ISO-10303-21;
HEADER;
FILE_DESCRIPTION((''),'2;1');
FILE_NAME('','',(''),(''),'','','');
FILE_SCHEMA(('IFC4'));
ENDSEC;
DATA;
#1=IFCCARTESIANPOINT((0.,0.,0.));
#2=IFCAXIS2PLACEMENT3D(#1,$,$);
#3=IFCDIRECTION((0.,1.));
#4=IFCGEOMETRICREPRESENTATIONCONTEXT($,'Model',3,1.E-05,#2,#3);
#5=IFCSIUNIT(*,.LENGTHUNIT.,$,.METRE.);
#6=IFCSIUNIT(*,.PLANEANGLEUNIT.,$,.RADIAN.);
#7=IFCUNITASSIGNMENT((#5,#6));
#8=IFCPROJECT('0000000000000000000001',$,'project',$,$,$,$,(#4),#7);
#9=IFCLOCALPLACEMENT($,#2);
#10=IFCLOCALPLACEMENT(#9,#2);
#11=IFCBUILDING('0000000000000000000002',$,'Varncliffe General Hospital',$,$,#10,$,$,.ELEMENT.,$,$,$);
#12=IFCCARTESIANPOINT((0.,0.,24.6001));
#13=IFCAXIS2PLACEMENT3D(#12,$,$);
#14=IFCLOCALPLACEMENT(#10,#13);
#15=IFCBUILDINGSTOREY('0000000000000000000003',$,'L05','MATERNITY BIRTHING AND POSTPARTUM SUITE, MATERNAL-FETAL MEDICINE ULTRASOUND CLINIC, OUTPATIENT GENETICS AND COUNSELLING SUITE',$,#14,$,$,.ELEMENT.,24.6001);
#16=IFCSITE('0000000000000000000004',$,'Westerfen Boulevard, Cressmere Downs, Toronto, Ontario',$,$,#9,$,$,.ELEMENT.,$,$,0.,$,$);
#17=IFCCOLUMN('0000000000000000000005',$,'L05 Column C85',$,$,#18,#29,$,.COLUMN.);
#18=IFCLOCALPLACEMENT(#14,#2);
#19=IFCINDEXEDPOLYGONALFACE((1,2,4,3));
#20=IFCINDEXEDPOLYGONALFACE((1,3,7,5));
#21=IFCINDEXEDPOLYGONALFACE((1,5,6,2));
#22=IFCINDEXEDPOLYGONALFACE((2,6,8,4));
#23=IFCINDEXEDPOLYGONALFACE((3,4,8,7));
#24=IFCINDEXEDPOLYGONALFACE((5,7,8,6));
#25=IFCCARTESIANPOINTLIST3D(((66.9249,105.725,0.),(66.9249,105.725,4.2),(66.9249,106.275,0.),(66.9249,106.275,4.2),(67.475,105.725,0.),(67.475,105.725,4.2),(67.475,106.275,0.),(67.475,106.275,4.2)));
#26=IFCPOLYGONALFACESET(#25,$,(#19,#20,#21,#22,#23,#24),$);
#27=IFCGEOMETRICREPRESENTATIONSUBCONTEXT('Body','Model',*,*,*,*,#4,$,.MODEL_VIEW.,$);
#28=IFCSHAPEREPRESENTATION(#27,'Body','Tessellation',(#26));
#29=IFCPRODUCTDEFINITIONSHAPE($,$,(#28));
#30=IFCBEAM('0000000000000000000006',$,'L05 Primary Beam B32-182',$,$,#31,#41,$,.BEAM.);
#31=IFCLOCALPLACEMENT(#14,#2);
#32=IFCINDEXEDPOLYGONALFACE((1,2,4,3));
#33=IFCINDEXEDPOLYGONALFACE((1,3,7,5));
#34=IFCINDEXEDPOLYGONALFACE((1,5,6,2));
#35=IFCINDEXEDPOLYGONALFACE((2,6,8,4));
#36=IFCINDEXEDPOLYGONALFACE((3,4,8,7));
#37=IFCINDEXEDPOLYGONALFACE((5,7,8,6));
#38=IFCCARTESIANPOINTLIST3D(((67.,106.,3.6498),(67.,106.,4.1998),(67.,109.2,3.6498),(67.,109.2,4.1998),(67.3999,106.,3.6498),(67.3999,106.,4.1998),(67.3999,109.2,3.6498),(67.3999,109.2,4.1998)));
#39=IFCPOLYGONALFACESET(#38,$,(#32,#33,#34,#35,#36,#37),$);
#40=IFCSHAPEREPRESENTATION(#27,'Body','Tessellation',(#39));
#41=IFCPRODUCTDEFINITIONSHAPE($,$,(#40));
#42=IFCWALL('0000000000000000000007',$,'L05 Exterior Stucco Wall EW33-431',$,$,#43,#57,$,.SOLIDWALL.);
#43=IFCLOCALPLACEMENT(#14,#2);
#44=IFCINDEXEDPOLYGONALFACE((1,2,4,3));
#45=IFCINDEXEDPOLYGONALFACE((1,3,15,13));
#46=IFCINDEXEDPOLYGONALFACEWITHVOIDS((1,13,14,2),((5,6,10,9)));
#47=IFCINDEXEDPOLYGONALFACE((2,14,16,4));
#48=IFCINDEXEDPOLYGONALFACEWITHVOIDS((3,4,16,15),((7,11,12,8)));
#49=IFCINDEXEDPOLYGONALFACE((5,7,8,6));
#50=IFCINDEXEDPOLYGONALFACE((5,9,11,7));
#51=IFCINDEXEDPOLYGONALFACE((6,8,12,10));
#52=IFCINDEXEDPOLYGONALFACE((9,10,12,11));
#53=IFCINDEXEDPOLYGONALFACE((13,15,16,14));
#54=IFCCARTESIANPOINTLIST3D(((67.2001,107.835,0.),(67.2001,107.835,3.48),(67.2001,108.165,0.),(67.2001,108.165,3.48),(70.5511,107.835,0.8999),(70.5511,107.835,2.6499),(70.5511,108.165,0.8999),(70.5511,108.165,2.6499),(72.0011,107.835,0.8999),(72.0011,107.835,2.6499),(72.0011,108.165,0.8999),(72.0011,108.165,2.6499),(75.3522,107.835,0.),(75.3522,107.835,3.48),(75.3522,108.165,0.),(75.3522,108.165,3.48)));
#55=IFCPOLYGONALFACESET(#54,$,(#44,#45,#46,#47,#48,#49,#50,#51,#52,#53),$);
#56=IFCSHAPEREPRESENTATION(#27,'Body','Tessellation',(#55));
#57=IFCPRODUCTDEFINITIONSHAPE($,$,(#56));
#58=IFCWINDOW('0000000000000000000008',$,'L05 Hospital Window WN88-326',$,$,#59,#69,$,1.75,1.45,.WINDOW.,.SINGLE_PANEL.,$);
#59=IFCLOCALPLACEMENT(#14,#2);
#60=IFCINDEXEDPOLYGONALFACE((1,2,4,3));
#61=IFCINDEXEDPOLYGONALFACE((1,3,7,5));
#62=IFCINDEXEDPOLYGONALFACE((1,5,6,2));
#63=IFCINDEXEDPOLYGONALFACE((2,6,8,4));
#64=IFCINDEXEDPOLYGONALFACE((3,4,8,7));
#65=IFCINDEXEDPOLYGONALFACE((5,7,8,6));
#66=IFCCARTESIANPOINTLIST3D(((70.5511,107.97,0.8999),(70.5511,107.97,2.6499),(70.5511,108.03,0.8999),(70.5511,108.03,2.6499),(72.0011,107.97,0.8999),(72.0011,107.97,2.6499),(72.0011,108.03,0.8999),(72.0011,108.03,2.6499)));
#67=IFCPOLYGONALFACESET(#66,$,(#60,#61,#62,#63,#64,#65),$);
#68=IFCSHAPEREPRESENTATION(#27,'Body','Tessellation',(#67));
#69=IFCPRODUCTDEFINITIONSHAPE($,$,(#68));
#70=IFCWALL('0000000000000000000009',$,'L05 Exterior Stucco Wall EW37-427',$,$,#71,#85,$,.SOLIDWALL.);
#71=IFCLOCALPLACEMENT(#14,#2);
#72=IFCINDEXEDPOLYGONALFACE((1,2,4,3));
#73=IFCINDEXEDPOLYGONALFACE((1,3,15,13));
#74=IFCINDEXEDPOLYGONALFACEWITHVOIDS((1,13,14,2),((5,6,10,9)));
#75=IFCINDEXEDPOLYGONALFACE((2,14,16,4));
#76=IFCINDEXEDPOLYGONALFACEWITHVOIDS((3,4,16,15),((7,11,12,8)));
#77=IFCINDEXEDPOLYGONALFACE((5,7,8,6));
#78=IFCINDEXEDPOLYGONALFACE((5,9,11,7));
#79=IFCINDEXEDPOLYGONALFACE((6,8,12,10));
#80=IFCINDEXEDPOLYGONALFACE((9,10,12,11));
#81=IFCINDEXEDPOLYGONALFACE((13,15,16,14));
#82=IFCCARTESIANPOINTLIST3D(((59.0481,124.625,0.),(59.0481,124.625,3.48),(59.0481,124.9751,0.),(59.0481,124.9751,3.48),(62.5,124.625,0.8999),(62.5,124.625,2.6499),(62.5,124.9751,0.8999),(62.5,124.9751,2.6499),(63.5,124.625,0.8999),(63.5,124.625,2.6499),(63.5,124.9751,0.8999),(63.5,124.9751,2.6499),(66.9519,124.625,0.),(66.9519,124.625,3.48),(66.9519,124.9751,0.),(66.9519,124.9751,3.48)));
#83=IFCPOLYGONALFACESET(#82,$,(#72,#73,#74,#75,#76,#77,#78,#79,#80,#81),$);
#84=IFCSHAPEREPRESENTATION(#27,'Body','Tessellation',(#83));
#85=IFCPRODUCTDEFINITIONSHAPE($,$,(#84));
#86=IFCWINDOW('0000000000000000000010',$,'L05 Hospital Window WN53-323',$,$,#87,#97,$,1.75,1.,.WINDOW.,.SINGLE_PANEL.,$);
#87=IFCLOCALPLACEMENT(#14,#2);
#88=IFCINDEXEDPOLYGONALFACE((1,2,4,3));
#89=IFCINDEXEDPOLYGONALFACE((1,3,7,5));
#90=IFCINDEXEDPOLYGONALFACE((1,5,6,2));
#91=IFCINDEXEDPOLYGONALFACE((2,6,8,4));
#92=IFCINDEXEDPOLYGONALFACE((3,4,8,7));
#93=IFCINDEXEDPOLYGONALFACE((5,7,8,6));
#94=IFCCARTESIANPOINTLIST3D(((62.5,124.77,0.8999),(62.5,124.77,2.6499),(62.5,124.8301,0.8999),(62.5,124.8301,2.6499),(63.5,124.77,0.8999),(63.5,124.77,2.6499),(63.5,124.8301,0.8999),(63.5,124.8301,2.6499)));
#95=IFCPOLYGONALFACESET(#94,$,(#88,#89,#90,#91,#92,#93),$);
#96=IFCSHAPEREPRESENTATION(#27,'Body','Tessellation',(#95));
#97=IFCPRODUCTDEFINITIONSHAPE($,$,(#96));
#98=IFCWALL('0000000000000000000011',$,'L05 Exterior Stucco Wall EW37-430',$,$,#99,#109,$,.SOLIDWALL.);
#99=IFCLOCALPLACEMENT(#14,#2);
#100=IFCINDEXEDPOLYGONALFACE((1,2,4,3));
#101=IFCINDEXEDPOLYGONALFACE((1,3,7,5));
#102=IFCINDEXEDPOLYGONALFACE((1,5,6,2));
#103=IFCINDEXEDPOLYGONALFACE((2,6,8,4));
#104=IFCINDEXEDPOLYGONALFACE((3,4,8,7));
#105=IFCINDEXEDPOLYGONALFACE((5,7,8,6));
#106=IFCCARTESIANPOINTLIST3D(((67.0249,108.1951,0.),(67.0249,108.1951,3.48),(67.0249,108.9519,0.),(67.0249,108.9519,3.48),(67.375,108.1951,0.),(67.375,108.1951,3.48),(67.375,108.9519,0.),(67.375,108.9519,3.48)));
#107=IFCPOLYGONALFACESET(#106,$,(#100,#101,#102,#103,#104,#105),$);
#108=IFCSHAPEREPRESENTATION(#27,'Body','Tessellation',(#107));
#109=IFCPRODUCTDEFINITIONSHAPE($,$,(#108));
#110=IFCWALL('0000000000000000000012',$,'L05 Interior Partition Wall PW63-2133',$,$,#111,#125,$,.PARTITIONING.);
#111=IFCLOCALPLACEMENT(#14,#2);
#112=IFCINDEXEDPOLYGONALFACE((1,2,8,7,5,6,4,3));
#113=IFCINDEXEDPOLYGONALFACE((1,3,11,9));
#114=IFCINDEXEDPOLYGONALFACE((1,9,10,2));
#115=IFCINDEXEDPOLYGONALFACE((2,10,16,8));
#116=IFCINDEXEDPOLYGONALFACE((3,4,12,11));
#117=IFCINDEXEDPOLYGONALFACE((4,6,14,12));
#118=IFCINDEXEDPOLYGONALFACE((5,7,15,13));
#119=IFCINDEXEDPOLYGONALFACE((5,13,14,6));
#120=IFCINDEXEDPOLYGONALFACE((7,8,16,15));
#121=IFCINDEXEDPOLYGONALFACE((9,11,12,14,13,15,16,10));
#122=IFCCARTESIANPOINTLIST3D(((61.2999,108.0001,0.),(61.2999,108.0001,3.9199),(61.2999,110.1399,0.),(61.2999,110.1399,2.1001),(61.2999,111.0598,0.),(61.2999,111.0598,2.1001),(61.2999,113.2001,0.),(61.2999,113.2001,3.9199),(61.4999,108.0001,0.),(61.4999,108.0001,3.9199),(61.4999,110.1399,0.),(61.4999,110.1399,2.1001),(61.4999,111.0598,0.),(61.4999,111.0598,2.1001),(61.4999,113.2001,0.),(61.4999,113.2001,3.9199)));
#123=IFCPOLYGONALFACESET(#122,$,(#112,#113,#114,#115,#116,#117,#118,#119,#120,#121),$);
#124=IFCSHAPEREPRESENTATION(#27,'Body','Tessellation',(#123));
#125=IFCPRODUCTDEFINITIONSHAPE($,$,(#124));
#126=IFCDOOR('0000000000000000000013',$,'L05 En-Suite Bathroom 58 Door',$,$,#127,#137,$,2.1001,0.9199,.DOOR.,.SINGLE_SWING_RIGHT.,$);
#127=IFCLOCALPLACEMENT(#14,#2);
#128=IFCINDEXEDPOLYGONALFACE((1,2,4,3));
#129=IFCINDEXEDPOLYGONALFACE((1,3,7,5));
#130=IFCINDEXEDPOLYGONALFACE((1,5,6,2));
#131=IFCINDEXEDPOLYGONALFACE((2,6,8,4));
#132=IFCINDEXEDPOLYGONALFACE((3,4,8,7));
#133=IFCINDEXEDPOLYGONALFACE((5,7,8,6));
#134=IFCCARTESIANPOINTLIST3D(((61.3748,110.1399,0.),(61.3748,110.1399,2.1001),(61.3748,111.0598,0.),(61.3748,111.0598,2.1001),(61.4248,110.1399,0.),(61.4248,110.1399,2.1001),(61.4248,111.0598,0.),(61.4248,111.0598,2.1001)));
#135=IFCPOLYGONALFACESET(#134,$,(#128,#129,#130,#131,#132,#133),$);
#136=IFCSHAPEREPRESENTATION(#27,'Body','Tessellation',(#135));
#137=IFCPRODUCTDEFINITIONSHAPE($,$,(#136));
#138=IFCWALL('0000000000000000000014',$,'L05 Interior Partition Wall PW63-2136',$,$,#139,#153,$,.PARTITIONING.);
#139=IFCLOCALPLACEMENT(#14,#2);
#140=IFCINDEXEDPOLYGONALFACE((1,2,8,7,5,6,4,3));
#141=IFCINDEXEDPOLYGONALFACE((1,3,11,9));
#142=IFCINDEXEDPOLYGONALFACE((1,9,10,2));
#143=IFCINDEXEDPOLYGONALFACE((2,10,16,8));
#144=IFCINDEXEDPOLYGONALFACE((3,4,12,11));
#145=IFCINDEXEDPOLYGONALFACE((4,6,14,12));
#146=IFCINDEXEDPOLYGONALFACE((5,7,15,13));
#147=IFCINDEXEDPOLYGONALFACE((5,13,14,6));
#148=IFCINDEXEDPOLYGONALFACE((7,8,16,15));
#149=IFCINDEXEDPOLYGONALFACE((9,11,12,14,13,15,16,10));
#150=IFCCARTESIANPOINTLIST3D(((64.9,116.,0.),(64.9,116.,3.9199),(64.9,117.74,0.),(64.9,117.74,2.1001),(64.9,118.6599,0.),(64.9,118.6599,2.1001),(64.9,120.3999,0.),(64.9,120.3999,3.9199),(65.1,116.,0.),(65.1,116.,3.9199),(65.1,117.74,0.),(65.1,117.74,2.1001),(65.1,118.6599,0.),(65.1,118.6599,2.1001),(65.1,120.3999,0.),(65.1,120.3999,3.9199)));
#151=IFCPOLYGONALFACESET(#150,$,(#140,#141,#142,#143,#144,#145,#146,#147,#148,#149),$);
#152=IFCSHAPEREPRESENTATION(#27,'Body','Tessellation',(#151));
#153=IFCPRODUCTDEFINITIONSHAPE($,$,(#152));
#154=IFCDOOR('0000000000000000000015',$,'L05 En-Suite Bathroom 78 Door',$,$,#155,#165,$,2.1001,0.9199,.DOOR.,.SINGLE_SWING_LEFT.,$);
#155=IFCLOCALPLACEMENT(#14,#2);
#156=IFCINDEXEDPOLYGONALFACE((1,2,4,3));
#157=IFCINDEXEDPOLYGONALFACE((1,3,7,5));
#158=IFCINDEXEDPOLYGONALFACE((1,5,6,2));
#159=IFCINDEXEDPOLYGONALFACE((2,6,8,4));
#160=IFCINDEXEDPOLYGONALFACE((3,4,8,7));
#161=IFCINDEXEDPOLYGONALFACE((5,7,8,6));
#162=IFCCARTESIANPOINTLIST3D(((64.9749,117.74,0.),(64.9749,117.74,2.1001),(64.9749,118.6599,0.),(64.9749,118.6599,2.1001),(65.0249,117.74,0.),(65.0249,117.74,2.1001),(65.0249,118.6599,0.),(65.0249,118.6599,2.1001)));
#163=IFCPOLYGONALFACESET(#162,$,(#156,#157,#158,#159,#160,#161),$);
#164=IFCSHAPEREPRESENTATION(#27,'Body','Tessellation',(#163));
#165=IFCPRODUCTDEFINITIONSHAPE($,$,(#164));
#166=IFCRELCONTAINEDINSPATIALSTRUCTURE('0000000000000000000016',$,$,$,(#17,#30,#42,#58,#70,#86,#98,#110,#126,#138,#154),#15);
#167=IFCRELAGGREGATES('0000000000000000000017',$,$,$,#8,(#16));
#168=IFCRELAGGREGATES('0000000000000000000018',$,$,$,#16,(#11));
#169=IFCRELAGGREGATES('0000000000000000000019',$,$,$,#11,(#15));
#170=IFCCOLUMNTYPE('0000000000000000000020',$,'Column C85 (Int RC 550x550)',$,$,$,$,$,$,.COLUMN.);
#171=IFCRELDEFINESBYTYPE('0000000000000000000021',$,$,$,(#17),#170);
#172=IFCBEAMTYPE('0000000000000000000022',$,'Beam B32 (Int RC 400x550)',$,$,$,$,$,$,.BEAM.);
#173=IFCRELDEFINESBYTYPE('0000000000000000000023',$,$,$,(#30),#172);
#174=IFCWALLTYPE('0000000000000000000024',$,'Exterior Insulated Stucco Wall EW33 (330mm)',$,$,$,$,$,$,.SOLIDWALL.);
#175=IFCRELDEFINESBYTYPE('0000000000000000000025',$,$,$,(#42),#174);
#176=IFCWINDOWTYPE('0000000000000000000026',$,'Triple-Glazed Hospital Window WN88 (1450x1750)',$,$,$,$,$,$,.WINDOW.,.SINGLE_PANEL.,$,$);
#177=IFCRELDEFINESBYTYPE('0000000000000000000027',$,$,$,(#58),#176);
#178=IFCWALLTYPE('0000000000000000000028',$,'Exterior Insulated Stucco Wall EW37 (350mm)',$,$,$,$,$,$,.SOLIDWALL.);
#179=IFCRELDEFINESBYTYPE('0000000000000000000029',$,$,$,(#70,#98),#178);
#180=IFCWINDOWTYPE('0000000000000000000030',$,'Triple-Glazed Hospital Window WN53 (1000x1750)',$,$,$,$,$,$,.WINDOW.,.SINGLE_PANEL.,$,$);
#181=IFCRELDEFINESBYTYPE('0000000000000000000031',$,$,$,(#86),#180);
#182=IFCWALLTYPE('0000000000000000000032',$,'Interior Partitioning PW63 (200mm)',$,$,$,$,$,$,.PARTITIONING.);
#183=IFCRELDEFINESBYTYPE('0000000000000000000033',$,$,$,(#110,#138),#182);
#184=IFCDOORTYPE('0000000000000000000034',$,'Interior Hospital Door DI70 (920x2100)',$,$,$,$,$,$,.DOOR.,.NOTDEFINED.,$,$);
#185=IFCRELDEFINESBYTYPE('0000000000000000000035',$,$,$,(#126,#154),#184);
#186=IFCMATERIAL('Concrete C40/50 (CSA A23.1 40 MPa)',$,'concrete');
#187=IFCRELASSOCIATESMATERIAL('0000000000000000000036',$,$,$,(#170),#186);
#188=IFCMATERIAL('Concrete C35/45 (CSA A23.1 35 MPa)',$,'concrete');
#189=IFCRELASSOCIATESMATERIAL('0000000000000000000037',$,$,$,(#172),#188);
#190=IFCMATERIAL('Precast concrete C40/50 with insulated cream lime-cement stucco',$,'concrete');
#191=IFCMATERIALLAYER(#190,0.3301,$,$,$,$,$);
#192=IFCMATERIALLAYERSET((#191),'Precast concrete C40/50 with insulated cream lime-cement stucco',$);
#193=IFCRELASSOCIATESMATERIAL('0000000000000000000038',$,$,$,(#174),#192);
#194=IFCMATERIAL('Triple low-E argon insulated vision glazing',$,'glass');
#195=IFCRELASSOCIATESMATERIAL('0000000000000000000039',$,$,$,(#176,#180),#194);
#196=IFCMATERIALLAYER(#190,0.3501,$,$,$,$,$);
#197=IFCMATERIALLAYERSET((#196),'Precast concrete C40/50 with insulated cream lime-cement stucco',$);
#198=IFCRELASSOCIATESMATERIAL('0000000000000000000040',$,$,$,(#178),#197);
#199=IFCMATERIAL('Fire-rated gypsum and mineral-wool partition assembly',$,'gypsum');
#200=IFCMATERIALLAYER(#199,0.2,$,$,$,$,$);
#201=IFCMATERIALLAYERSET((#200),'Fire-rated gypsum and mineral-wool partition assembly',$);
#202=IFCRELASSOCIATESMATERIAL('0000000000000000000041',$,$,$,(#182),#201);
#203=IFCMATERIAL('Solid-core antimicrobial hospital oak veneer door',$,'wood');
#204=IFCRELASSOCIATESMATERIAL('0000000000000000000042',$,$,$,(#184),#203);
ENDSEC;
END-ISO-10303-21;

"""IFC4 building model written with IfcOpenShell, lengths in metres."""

from ifc_helpers import new_model, si_unit, direction, frame, frame_2d, origin, origin_2d, place, context, subcontext, project, spatial, rectangle, extrude, material, layer, layer_set, material_profile, profile_set, type_object, element, fill, save


model = new_model("IFC4")

# Units and contexts
model_context = context("Model", 3, precision=1e-05, world=origin(), true_north=direction((0.0, 1.0)))
body_context = subcontext(model_context, "Body", "Model", "MODEL_VIEW")
ifc_project = project(units=[si_unit("LENGTHUNIT", "METRE"), si_unit("PLANEANGLEUNIT", "RADIAN")], contexts=[model_context])

# Site, building, storey
site_placement = place(None, origin())
site = spatial("IfcSite", under=ifc_project, at=site_placement, Name="Westerfen Boulevard, Cressmere Downs, Toronto, Ontario", CompositionType="ELEMENT", RefElevation=0.0)
building_placement = place(site_placement, origin())
building = spatial("IfcBuilding", under=site, at=building_placement, Name="Varncliffe General Hospital", CompositionType="ELEMENT")
storey_placement = place(building_placement, frame((0.0, 0.0, 24.6001)))
storey = spatial("IfcBuildingStorey", under=building, at=storey_placement, Name="L05", Description="MATERNITY BIRTHING AND POSTPARTUM SUITE, MATERNAL-FETAL MEDICINE ULTRASOUND CLINIC, OUTPATIENT GENETICS AND COUNSELLING SUITE", CompositionType="ELEMENT", Elevation=24.6001)

# Column
ifc_material_1 = material(Name="Concrete C40/50 (CSA A23.1 40 MPa)", Category="concrete")
ifc_material_profile_1 = material_profile(ifc_material_1, rectangle(XDim=0.55, YDim=0.55, at=origin_2d()), Name="RC 550x550")
ifc_profile_set_1 = profile_set([ifc_material_profile_1], Name="Concrete C40/50 (CSA A23.1 40 MPa)")
column_type = type_object("IfcColumnType", Name="Column C85 (Int RC 550x550)", PredefinedType="COLUMN", material=ifc_profile_set_1)
column_placement = place(storey_placement, frame((67.2, 106.0, 0.0), z_axis=(0.0, 0.0, 1.0), x_axis=(1.0, 0.0, 0.0)))
element("IfcColumn", 1, at=column_placement, inside=storey, type_object=column_type, Name="L05 Column C85", PredefinedType="COLUMN", context=body_context, shape_type="SweptSolid", body=[
    extrude(rectangle(XDim=0.55, YDim=0.55, at=origin_2d()), origin(), (0.0, 0.0, 1.0), 4.2),
])

# Beam
ifc_material_2 = material(Name="Concrete C35/45 (CSA A23.1 35 MPa)", Category="concrete")
ifc_material_profile_2 = material_profile(ifc_material_2, rectangle(XDim=0.3999, YDim=0.55, at=origin_2d()), Name="RC 400x550")
ifc_profile_set_2 = profile_set([ifc_material_profile_2], Name="Concrete C35/45 (CSA A23.1 35 MPa)")
beam_type = type_object("IfcBeamType", Name="Beam B32 (Int RC 400x550)", PredefinedType="BEAM", material=ifc_profile_set_2)
beam_placement = place(storey_placement, frame((67.2, 106.0, 3.9248), z_axis=(0.0, 1.0, 0.0), x_axis=(-1.0, 0.0, 0.0)))
element("IfcBeam", 2, at=beam_placement, inside=storey, type_object=beam_type, Name="L05 Primary Beam B32-182", PredefinedType="BEAM", context=body_context, shape_type="SweptSolid", body=[
    extrude(rectangle(XDim=0.3999, YDim=0.55, at=origin_2d()), origin(), (0.0, 0.0, 1.0), 3.2),
])

# Walls, openings, windows
ifc_material_3 = material(Name="Precast concrete C40/50 with insulated cream lime-cement stucco", Category="concrete")
ifc_layer_1 = layer(ifc_material_3, 0.3301)
ifc_layer_set_1 = layer_set([ifc_layer_1], Name="Precast concrete C40/50 with insulated cream lime-cement stucco")
wall_type_1 = type_object("IfcWallType", Name="Exterior Insulated Stucco Wall EW33 (330mm)", PredefinedType="SOLIDWALL", material=ifc_layer_set_1)
wall_1_placement = place(storey_placement, frame((67.2, 108.0, 0.0), z_axis=(0.0, 0.0, 1.0), x_axis=(1.0, 0.0, 0.0)))
wall_1 = element("IfcWall", 3, at=wall_1_placement, inside=storey, type_object=wall_type_1, Name="L05 Exterior Stucco Wall EW33-431", PredefinedType="SOLIDWALL", context=body_context, shape_type="SweptSolid", body=[
    extrude(rectangle(XDim=8.1521, YDim=0.3301, at=frame_2d((4.0762, 0.0))), origin(), (0.0, 0.0, 1.0), 3.48),
])
opening_1_placement = place(wall_1_placement, frame((3.3511, 0.0, 0.8999)))
opening_1 = element("IfcOpeningElement", 4, at=opening_1_placement, cuts=wall_1, PredefinedType="OPENING", context=body_context, shape_type="SweptSolid", body=[
    extrude(rectangle(XDim=1.45, YDim=1.75, at=frame_2d((0.7251, 0.875))), frame((0.0, 0.175, 0.0), z_axis=(0.0, -1.0, 0.0), x_axis=(1.0, 0.0, 0.0)), (0.0, 0.0, 1.0), 0.3501),
])
ifc_material_4 = material(Name="Triple low-E argon insulated vision glazing", Category="glass")
window_type_1 = type_object("IfcWindowType", Name="Triple-Glazed Hospital Window WN88 (1450x1750)", PartitioningType="SINGLE_PANEL", PredefinedType="WINDOW", material=ifc_material_4)
window_1_placement = place(opening_1_placement, origin())
window_1 = element("IfcWindow", 5, at=window_1_placement, inside=storey, type_object=window_type_1, Name="L05 Hospital Window WN88-326", OverallHeight=1.75, OverallWidth=1.45, PartitioningType="SINGLE_PANEL", PredefinedType="WINDOW", context=body_context, shape_type="SweptSolid", body=[
    extrude(rectangle(XDim=1.45, YDim=1.75, at=frame_2d((0.7251, 0.875))), frame((0.0, 0.03, 0.0), z_axis=(0.0, -1.0, 0.0), x_axis=(1.0, 0.0, 0.0)), (0.0, 0.0, 1.0), 0.0601),
])
fill(opening_1, window_1)
ifc_layer_2 = layer(ifc_material_3, 0.3501)
ifc_layer_set_2 = layer_set([ifc_layer_2], Name="Precast concrete C40/50 with insulated cream lime-cement stucco")
wall_type_2 = type_object("IfcWallType", Name="Exterior Insulated Stucco Wall EW37 (350mm)", PredefinedType="SOLIDWALL", material=ifc_layer_set_2)
wall_2_placement = place(storey_placement, frame((59.0481, 124.8, 0.0), z_axis=(0.0, 0.0, 1.0), x_axis=(1.0, 0.0, 0.0)))
wall_2 = element("IfcWall", 6, at=wall_2_placement, inside=storey, type_object=wall_type_2, Name="L05 Exterior Stucco Wall EW37-427", PredefinedType="SOLIDWALL", context=body_context, shape_type="SweptSolid", body=[
    extrude(rectangle(XDim=7.9038, YDim=0.3501, at=frame_2d((3.9519, 0.0))), origin(), (0.0, 0.0, 1.0), 3.48),
])
opening_2_placement = place(wall_2_placement, frame((3.4519, 0.0, 0.8999)))
opening_2 = element("IfcOpeningElement", 7, at=opening_2_placement, cuts=wall_2, PredefinedType="OPENING", context=body_context, shape_type="SweptSolid", body=[
    extrude(rectangle(XDim=1.0, YDim=1.75, at=frame_2d((0.5, 0.875))), frame((0.0, 0.1851, 0.0), z_axis=(0.0, -1.0, 0.0), x_axis=(1.0, 0.0, 0.0)), (0.0, 0.0, 1.0), 0.3701),
])
window_type_2 = type_object("IfcWindowType", Name="Triple-Glazed Hospital Window WN53 (1000x1750)", PartitioningType="SINGLE_PANEL", PredefinedType="WINDOW", material=ifc_material_4)
window_2_placement = place(opening_2_placement, origin())
window_2 = element("IfcWindow", 8, at=window_2_placement, inside=storey, type_object=window_type_2, Name="L05 Hospital Window WN53-323", OverallHeight=1.75, OverallWidth=1.0, PartitioningType="SINGLE_PANEL", PredefinedType="WINDOW", context=body_context, shape_type="SweptSolid", body=[
    extrude(rectangle(XDim=1.0, YDim=1.75, at=frame_2d((0.5, 0.875))), frame((0.0, 0.03, 0.0), z_axis=(0.0, -1.0, 0.0), x_axis=(1.0, 0.0, 0.0)), (0.0, 0.0, 1.0), 0.0601),
])
fill(opening_2, window_2)

# Wall
wall_3_placement = place(storey_placement, frame((67.2, 108.9519, 0.0), z_axis=(0.0, 0.0, 1.0), x_axis=(0.0, -1.0, 0.0)))
element("IfcWall", 9, at=wall_3_placement, inside=storey, type_object=wall_type_2, Name="L05 Exterior Stucco Wall EW37-430", PredefinedType="SOLIDWALL", context=body_context, shape_type="SweptSolid", body=[
    extrude(rectangle(XDim=0.7568, YDim=0.3501, at=frame_2d((0.3784, 0.0))), origin(), (0.0, 0.0, 1.0), 3.48),
])

# Walls, openings, doors
ifc_material_5 = material(Name="Fire-rated gypsum and mineral-wool partition assembly", Category="gypsum")
ifc_layer_3 = layer(ifc_material_5, 0.2)
ifc_layer_set_3 = layer_set([ifc_layer_3], Name="Fire-rated gypsum and mineral-wool partition assembly")
wall_type_3 = type_object("IfcWallType", Name="Interior Partitioning PW63 (200mm)", PredefinedType="PARTITIONING", material=ifc_layer_set_3)
wall_4_placement = place(storey_placement, frame((61.3999, 108.0, 0.0), z_axis=(0.0, 0.0, 1.0), x_axis=(0.0, 1.0, 0.0)))
wall_4 = element("IfcWall", 10, at=wall_4_placement, inside=storey, type_object=wall_type_3, Name="L05 Interior Partition Wall PW63-2133", PredefinedType="PARTITIONING", context=body_context, shape_type="SweptSolid", body=[
    extrude(rectangle(XDim=5.2, YDim=0.2, at=frame_2d((2.6001, 0.0))), origin(), (0.0, 0.0, 1.0), 3.9199),
])
opening_3_placement = place(wall_4_placement, frame((2.1399, 0.0, 0.0)))
opening_3 = element("IfcOpeningElement", 11, at=opening_3_placement, cuts=wall_4, PredefinedType="OPENING", context=body_context, shape_type="SweptSolid", body=[
    extrude(rectangle(XDim=0.9199, YDim=2.1001, at=frame_2d((0.46, 1.05))), frame((0.0, 0.1099, 0.0), z_axis=(0.0, -1.0, 0.0), x_axis=(1.0, 0.0, 0.0)), (0.0, 0.0, 1.0), 0.22),
])
ifc_material_6 = material(Name="Solid-core antimicrobial hospital oak veneer door", Category="wood")
door_type_1 = type_object("IfcDoorType", Name="Interior Hospital Door DI70 (920x2100)", OperationType="NOTDEFINED", PredefinedType="DOOR", material=ifc_material_6)
door_1_placement = place(opening_3_placement, frame((0.9199, 0.0, 0.0), z_axis=(0.0, 0.0, 1.0), x_axis=(-1.0, 0.0, 0.0)))
door_1 = element("IfcDoor", 12, at=door_1_placement, inside=storey, type_object=door_type_1, Name="L05 En-Suite Bathroom 58 Door", OperationType="SINGLE_SWING_RIGHT", OverallHeight=2.1001, OverallWidth=0.9199, PredefinedType="DOOR", context=body_context, shape_type="SweptSolid", body=[
    extrude(rectangle(XDim=0.9199, YDim=2.1001, at=frame_2d((0.46, 1.05))), frame((0.0, 0.0249, 0.0), z_axis=(0.0, -1.0, 0.0), x_axis=(1.0, 0.0, 0.0)), (0.0, 0.0, 1.0), 0.05),
])
fill(opening_3, door_1)
wall_5_placement = place(storey_placement, frame((65.0, 116.0, 0.0), z_axis=(0.0, 0.0, 1.0), x_axis=(0.0, 1.0, 0.0)))
wall_5 = element("IfcWall", 13, at=wall_5_placement, inside=storey, type_object=wall_type_3, Name="L05 Interior Partition Wall PW63-2136", PredefinedType="PARTITIONING", context=body_context, shape_type="SweptSolid", body=[
    extrude(rectangle(XDim=4.3999, YDim=0.2, at=frame_2d((2.2, 0.0))), origin(), (0.0, 0.0, 1.0), 3.9199),
])
opening_4_placement = place(wall_5_placement, frame((1.74, 0.0, 0.0)))
opening_4 = element("IfcOpeningElement", 14, at=opening_4_placement, cuts=wall_5, PredefinedType="OPENING", context=body_context, shape_type="SweptSolid", body=[
    extrude(rectangle(XDim=0.9199, YDim=2.1001, at=frame_2d((0.46, 1.05))), frame((0.0, 0.1099, 0.0), z_axis=(0.0, -1.0, 0.0), x_axis=(1.0, 0.0, 0.0)), (0.0, 0.0, 1.0), 0.22),
])
door_2_placement = place(opening_4_placement, frame((0.9199, 0.0, 0.0), z_axis=(0.0, 0.0, 1.0), x_axis=(-1.0, 0.0, 0.0)))
door_2 = element("IfcDoor", 15, at=door_2_placement, inside=storey, type_object=door_type_1, Name="L05 En-Suite Bathroom 78 Door", OperationType="SINGLE_SWING_LEFT", OverallHeight=2.1001, OverallWidth=0.9199, PredefinedType="DOOR", context=body_context, shape_type="SweptSolid", body=[
    extrude(rectangle(XDim=0.9199, YDim=2.1001, at=frame_2d((0.46, 1.05))), frame((0.0, 0.0249, 0.0), z_axis=(0.0, -1.0, 0.0), x_axis=(1.0, 0.0, 0.0)), (0.0, 0.0, 1.0), 0.05),
])
fill(opening_4, door_2)

save(model, "model.ifc")
